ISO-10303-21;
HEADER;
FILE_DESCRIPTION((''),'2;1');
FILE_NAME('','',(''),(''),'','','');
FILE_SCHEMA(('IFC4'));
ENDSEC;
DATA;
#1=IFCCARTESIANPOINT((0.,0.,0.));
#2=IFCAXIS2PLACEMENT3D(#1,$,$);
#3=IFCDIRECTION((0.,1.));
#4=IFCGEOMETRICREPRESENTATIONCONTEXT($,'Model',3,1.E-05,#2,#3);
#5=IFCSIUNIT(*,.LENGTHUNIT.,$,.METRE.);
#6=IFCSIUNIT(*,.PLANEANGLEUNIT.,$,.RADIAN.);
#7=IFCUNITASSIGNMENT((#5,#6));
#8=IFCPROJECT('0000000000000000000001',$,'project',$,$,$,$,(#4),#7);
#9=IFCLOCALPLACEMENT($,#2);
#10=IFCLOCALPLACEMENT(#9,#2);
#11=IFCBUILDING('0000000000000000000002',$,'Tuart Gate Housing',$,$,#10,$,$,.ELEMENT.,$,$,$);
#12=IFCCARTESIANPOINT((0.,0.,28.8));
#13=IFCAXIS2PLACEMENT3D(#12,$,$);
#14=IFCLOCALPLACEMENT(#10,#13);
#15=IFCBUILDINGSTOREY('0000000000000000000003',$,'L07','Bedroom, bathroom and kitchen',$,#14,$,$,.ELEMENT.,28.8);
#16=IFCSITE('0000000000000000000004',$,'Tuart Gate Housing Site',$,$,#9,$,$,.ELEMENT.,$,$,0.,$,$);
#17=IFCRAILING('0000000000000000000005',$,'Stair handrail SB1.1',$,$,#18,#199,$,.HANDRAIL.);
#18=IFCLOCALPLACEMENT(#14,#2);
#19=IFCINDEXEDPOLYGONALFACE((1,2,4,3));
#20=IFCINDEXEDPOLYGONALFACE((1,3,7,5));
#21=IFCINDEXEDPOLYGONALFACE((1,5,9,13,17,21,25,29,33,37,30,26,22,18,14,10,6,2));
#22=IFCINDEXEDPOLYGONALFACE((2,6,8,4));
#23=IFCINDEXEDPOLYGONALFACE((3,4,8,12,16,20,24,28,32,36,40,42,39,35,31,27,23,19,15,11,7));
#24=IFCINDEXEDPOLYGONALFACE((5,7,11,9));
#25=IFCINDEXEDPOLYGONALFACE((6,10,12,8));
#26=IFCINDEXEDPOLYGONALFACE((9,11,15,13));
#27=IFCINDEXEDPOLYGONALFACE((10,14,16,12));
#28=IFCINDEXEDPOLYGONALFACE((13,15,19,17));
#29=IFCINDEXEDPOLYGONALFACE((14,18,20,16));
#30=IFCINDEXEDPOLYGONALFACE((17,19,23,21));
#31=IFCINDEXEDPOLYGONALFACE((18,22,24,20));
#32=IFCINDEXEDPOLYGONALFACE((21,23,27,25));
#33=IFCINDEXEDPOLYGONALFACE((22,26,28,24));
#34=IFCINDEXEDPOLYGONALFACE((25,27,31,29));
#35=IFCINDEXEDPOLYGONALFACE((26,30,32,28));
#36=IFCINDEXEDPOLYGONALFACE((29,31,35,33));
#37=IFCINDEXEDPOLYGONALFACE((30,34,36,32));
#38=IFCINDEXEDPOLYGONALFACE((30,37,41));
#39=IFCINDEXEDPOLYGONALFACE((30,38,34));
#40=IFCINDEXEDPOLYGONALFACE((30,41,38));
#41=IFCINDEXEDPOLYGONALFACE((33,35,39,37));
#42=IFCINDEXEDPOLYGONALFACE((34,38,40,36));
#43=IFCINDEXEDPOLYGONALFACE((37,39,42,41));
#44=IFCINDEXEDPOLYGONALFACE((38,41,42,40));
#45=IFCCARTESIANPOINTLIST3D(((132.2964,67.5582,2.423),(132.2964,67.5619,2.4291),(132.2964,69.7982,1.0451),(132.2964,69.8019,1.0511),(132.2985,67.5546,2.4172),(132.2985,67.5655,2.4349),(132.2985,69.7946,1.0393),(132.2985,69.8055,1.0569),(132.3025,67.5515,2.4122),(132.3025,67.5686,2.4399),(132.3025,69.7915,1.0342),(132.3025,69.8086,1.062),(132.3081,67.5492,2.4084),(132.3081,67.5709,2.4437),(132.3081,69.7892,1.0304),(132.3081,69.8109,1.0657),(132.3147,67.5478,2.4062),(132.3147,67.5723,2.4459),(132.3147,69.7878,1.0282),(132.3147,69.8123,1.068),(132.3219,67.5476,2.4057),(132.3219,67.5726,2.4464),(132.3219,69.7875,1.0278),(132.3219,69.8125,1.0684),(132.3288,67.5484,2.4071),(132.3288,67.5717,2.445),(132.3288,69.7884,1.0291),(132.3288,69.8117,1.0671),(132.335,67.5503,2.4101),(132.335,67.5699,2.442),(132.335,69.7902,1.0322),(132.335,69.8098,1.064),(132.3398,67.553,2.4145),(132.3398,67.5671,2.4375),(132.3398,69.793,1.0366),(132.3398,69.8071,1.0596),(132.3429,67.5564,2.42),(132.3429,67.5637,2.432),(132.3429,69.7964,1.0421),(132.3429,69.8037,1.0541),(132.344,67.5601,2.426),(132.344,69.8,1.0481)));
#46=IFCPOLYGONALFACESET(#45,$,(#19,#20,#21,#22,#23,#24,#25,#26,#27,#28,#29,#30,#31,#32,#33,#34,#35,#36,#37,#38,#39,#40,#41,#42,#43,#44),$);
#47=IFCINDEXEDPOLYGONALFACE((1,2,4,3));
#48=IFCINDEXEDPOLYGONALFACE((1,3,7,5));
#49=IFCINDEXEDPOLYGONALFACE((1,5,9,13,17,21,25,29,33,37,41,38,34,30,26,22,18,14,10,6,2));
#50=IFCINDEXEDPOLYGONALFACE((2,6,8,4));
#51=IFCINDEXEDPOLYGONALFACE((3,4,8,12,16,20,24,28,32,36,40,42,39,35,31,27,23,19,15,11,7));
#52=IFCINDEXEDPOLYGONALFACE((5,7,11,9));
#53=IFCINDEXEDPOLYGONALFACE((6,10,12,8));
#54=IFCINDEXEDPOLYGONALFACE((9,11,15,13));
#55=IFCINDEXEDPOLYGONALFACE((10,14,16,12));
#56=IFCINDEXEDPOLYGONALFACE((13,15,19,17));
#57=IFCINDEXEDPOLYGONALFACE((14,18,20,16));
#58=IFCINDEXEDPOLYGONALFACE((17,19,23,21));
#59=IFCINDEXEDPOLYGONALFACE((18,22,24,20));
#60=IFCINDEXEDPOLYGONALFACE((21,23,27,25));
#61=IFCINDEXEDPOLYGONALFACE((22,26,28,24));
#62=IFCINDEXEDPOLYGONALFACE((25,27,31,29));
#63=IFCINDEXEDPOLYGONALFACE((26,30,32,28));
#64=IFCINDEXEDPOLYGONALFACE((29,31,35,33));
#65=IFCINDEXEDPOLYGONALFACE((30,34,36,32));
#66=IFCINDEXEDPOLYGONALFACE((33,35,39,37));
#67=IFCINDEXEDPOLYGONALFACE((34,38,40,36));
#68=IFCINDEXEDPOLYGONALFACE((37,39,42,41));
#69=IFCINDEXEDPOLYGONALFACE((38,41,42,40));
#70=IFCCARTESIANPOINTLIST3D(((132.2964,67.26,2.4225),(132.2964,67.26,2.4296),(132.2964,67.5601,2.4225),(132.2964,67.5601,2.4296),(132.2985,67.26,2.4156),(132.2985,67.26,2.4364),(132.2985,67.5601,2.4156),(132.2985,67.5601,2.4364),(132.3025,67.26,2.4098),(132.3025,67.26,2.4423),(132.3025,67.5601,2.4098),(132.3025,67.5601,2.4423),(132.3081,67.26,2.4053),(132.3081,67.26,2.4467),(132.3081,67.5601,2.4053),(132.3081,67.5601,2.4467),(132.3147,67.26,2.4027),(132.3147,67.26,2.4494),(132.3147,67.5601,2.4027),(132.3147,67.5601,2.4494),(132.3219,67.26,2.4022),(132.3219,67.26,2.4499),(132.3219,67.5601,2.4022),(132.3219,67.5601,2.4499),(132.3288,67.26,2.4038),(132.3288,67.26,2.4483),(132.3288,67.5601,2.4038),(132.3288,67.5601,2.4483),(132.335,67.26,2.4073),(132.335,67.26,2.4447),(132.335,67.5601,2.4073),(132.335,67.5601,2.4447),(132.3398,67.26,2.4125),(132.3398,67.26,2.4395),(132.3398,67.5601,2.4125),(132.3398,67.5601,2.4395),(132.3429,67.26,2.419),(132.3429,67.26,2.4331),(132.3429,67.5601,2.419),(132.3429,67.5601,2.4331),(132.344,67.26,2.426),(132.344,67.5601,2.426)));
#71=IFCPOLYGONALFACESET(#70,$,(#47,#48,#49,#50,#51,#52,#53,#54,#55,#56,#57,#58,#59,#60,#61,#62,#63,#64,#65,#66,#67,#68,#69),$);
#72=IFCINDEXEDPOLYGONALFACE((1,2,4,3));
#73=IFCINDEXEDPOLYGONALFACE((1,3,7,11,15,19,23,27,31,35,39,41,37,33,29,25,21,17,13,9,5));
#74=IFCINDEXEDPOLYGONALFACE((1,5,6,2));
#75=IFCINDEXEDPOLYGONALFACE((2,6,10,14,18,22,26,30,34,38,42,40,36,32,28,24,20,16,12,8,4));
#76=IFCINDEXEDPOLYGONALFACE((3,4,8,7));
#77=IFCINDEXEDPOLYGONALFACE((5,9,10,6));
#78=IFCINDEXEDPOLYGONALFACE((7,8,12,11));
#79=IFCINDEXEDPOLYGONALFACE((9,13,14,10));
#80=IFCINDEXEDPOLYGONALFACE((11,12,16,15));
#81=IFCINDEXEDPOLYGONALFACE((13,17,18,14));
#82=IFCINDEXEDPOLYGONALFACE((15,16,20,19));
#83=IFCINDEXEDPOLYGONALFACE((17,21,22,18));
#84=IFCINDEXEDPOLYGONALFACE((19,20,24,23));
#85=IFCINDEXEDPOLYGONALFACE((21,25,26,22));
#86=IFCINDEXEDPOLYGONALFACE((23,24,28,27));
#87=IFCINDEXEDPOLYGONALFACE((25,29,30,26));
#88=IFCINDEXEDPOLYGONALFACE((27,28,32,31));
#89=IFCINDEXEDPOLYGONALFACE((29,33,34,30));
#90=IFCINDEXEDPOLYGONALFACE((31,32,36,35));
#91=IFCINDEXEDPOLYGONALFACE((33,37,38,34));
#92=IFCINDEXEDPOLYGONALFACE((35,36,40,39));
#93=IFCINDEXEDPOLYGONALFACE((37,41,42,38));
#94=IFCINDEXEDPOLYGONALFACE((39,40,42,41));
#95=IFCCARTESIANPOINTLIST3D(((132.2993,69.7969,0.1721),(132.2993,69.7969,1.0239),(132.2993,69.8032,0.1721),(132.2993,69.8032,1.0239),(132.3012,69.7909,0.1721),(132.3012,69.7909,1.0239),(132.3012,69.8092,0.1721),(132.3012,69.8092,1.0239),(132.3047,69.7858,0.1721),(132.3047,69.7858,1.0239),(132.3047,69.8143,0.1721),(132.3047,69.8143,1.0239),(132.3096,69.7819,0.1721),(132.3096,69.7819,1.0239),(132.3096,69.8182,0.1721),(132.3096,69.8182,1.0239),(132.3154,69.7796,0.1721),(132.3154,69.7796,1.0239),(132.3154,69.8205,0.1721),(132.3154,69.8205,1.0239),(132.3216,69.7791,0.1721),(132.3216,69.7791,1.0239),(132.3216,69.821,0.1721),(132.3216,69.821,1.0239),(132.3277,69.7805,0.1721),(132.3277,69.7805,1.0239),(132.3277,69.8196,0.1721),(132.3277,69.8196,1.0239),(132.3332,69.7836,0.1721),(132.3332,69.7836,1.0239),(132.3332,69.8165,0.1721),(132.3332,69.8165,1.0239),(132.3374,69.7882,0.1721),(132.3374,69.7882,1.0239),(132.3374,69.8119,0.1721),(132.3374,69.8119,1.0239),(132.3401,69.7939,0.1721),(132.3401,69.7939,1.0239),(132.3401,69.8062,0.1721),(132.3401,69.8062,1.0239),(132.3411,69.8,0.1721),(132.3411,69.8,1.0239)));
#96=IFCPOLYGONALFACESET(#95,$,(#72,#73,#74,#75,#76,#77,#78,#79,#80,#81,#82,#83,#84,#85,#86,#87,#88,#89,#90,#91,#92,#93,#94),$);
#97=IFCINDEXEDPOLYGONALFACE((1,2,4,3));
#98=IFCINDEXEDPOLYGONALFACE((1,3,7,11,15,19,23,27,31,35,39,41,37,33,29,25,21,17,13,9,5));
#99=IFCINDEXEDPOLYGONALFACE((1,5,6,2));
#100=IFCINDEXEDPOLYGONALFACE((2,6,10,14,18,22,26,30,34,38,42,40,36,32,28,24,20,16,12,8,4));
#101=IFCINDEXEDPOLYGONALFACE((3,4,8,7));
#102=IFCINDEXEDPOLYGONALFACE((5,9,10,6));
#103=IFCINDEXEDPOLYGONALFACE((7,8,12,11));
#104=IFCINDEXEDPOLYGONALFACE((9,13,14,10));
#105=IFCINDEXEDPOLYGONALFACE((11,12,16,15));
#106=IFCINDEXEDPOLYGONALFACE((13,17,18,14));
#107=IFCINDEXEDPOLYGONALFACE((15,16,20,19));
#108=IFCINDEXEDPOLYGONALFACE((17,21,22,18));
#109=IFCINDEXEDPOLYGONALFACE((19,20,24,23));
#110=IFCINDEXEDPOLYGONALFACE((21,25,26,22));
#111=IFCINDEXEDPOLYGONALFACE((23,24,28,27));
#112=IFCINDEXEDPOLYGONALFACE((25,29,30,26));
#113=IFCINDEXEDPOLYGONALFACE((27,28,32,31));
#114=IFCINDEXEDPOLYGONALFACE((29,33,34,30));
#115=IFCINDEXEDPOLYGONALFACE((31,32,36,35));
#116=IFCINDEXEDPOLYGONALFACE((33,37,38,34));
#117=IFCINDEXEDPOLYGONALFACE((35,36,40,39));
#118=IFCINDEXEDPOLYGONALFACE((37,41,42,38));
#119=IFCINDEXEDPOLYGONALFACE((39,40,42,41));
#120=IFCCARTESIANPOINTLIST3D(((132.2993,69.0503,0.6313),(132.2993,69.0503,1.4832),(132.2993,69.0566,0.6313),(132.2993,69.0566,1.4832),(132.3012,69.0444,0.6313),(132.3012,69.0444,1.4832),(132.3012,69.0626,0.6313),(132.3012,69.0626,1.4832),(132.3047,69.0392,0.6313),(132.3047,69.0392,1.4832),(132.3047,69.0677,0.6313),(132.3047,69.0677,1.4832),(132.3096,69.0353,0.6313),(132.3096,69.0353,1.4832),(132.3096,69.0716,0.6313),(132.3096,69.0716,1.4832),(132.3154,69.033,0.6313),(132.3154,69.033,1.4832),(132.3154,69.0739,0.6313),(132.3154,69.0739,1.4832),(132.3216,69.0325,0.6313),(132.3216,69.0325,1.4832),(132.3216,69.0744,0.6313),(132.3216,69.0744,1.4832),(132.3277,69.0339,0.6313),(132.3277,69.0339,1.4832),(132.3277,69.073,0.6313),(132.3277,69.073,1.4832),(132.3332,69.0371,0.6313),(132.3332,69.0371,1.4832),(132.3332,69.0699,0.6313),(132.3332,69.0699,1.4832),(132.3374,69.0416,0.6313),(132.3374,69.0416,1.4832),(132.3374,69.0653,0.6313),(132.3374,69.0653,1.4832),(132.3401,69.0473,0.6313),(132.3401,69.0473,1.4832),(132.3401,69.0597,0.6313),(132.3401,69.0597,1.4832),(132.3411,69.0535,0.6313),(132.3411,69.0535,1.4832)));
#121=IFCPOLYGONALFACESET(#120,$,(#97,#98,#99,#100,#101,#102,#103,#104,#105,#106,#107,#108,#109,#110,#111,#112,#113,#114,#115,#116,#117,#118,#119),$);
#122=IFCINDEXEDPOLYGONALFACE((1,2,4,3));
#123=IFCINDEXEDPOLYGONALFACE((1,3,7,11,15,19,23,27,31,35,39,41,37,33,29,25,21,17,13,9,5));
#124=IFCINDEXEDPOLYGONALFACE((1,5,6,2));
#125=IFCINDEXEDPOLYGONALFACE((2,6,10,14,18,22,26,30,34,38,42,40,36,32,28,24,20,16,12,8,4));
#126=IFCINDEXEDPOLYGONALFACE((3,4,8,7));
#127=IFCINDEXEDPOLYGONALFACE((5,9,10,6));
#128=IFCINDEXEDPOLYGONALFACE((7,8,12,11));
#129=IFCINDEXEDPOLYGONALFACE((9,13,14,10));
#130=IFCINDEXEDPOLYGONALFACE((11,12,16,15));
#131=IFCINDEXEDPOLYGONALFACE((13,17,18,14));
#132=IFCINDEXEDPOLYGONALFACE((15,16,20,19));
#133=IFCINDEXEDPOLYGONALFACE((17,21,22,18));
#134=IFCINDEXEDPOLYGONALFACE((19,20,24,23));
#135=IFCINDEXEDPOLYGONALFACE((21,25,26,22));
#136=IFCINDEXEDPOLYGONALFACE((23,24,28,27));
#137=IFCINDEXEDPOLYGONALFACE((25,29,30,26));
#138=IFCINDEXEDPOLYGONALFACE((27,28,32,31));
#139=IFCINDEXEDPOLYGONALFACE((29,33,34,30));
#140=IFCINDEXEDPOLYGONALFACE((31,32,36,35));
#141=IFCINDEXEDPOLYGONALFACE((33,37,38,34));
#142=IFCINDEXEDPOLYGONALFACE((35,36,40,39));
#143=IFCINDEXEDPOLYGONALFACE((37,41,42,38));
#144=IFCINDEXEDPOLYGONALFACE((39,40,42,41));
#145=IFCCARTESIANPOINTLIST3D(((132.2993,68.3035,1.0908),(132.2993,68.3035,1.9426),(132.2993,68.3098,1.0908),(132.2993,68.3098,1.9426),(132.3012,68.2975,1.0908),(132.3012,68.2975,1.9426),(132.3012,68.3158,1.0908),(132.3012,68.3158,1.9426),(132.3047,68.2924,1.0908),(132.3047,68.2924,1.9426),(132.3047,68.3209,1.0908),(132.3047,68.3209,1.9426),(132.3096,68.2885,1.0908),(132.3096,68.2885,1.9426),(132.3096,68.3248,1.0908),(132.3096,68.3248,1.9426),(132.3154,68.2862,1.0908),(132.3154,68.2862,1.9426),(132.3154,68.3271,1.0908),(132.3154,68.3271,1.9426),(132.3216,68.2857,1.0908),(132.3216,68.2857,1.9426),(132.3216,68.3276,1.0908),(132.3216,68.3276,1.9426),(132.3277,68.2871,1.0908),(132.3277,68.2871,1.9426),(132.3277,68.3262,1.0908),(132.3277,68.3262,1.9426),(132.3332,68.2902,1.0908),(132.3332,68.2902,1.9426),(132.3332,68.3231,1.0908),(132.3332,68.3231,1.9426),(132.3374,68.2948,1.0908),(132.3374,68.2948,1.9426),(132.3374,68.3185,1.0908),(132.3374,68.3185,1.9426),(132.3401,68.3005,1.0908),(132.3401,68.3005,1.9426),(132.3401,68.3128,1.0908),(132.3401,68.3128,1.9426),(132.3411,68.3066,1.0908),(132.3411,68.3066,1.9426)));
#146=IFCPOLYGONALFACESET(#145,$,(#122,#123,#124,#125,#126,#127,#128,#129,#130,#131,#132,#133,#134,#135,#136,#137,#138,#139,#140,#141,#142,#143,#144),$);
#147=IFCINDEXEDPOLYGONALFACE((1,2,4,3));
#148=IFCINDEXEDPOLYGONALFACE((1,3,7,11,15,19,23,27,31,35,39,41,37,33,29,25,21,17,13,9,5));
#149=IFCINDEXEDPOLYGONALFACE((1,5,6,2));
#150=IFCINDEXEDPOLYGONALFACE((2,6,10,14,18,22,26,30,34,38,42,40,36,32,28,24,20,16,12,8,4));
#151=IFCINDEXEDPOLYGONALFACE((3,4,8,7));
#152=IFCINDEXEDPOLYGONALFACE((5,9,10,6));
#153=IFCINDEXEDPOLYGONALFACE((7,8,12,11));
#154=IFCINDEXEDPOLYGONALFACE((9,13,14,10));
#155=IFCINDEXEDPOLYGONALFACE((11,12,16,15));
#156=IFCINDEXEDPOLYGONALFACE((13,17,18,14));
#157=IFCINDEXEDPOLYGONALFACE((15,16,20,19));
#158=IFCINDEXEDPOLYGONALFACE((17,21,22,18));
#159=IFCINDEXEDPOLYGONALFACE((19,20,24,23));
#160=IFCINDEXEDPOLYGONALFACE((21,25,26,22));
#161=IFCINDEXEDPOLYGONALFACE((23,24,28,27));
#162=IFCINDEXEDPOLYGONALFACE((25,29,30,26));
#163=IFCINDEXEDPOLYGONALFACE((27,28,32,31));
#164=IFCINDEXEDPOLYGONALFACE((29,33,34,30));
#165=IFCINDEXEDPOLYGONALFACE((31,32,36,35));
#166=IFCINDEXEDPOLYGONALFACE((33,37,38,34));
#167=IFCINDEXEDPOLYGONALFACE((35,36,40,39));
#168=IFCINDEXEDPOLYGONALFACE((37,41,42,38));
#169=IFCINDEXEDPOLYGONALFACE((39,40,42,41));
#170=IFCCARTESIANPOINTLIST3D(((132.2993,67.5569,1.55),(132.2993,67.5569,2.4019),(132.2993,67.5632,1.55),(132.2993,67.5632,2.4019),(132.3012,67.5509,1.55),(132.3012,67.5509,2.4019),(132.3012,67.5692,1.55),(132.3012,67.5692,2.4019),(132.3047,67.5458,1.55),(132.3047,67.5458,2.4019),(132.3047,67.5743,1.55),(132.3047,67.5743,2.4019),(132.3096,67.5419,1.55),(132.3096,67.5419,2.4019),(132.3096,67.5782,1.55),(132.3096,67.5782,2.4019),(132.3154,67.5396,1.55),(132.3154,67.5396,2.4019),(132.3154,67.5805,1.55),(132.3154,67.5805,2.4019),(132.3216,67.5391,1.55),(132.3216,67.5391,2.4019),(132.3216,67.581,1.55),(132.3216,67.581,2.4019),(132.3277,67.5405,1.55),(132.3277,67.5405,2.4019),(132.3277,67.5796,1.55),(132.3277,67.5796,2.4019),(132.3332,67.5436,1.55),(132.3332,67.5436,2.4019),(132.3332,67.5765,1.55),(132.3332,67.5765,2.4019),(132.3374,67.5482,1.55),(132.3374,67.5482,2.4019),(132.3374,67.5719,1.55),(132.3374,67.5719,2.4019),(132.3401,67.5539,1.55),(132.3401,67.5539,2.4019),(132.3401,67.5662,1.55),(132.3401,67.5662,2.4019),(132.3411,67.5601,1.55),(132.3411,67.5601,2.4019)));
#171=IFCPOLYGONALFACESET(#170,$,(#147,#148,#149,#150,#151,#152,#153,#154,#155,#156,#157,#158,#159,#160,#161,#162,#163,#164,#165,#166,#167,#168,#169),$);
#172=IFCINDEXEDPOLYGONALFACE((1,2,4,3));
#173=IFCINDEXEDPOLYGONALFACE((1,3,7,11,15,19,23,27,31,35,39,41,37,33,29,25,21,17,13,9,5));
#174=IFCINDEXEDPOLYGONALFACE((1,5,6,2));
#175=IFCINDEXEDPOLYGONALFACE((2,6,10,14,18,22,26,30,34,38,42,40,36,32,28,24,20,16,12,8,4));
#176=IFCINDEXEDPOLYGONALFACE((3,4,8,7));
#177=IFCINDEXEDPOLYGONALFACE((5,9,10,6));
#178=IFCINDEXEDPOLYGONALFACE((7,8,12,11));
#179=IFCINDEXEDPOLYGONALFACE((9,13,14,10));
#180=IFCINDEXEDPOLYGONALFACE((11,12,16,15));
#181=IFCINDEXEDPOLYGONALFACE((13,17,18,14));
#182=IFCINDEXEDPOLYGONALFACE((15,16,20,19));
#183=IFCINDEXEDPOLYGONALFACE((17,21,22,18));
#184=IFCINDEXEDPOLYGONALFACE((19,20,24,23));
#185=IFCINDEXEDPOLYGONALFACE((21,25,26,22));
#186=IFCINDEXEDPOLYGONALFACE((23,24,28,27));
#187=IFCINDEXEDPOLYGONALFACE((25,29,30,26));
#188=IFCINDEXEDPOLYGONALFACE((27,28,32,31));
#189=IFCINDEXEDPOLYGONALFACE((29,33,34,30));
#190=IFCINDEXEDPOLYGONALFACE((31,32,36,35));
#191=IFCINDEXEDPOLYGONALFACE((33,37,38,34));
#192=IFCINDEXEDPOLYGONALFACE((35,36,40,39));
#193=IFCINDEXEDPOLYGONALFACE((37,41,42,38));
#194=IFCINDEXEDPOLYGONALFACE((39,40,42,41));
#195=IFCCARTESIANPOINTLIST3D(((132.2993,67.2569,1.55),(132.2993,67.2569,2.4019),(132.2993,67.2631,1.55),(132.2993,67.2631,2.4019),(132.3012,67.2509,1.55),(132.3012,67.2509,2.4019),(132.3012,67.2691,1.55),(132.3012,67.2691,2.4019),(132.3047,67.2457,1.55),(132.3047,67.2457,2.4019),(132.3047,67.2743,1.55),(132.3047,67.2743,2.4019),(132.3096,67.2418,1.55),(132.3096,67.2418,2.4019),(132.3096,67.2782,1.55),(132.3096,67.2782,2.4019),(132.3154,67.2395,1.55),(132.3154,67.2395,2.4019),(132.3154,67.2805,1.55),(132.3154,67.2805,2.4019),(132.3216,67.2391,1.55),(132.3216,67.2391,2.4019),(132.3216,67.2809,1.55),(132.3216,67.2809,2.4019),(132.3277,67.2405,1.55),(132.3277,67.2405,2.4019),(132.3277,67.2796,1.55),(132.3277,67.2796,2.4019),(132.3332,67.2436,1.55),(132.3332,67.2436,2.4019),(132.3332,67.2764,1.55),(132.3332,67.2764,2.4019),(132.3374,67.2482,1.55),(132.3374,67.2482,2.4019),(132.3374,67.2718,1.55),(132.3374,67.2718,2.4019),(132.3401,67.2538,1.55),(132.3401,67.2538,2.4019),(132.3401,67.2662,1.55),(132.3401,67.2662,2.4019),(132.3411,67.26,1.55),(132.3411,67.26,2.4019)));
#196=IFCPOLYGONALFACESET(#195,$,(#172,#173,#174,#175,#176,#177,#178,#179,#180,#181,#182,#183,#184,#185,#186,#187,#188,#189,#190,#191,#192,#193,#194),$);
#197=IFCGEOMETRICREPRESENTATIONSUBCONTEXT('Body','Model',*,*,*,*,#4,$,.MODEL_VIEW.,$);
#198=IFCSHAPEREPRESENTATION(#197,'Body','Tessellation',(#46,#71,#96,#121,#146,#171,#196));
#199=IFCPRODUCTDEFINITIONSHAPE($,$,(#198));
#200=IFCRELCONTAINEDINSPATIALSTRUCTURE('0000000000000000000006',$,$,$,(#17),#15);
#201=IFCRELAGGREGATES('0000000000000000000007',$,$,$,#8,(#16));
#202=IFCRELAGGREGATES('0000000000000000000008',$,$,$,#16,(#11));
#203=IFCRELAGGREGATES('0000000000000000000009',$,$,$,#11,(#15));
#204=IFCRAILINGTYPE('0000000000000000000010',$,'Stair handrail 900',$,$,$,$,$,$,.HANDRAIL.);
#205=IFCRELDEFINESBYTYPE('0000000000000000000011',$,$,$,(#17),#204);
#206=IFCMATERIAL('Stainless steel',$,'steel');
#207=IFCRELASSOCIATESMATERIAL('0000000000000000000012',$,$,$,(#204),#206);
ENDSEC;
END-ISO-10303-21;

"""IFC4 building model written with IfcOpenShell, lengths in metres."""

from ifc_helpers import new_model, si_unit, direction, frame, origin, origin_2d, place, context, subcontext, project, spatial, circle, extrude, material, type_object, element, save


model = new_model("IFC4")

# Units and contexts
model_context = context("Model", 3, precision=1e-05, world=origin(), true_north=direction((0.0, 1.0)))
body_context = subcontext(model_context, "Body", "Model", "MODEL_VIEW")
ifc_project = project(units=[si_unit("LENGTHUNIT", "METRE"), si_unit("PLANEANGLEUNIT", "RADIAN")], contexts=[model_context])

# Site, building, storey
site_placement = place(None, origin())
site = spatial("IfcSite", under=ifc_project, at=site_placement, Name="Tuart Gate Housing Site", CompositionType="ELEMENT", RefElevation=0.0)
building_placement = place(site_placement, origin())
building = spatial("IfcBuilding", under=site, at=building_placement, Name="Tuart Gate Housing", CompositionType="ELEMENT")
storey_placement = place(building_placement, frame((0.0, 0.0, 28.8)))
storey = spatial("IfcBuildingStorey", under=building, at=storey_placement, Name="L07", Description="Bedroom, bathroom and kitchen", CompositionType="ELEMENT", Elevation=28.8)

# Railing
ifc_material_1 = material(Name="Stainless steel", Category="steel")
railing_type = type_object("IfcRailingType", Name="Stair handrail 900", PredefinedType="HANDRAIL", material=ifc_material_1)
railing_placement = place(storey_placement, frame((132.3201, 69.8, 0.1721)))
element("IfcRailing", 1, at=railing_placement, inside=storey, type_object=railing_type, Name="Stair handrail SB1.1", PredefinedType="HANDRAIL", context=body_context, shape_type="SweptSolid", body=[
    extrude(circle(Radius=0.0239, at=origin_2d()), frame((0.0, 0.0, 0.876), z_axis=(0.0, -0.851748, 0.523952), x_axis=(1.0, 0.0, 0.0)), (0.0, 0.0, 1.0), 2.6299),
    extrude(circle(Radius=0.0239, at=origin_2d()), frame((0.0, -2.24, 2.2539), z_axis=(0.0, -1.0, 0.0), x_axis=(1.0, 0.0, 0.0)), (0.0, 0.0, 1.0), 0.3),
    extrude(circle(Radius=0.021, at=origin_2d()), origin(), (0.0, 0.0, 1.0), 0.8518),
    extrude(circle(Radius=0.021, at=origin_2d()), frame((0.0, -0.7466, 0.4592)), (0.0, 0.0, 1.0), 0.8518),
    extrude(circle(Radius=0.021, at=origin_2d()), frame((0.0, -1.4934, 0.9187)), (0.0, 0.0, 1.0), 0.8518),
    extrude(circle(Radius=0.021, at=origin_2d()), frame((0.0, -2.24, 1.3779)), (0.0, 0.0, 1.0), 0.8518),
    extrude(circle(Radius=0.021, at=origin_2d()), frame((0.0, -2.54, 1.3779)), (0.0, 0.0, 1.0), 0.8518),
])

save(model, "model.ifc")
